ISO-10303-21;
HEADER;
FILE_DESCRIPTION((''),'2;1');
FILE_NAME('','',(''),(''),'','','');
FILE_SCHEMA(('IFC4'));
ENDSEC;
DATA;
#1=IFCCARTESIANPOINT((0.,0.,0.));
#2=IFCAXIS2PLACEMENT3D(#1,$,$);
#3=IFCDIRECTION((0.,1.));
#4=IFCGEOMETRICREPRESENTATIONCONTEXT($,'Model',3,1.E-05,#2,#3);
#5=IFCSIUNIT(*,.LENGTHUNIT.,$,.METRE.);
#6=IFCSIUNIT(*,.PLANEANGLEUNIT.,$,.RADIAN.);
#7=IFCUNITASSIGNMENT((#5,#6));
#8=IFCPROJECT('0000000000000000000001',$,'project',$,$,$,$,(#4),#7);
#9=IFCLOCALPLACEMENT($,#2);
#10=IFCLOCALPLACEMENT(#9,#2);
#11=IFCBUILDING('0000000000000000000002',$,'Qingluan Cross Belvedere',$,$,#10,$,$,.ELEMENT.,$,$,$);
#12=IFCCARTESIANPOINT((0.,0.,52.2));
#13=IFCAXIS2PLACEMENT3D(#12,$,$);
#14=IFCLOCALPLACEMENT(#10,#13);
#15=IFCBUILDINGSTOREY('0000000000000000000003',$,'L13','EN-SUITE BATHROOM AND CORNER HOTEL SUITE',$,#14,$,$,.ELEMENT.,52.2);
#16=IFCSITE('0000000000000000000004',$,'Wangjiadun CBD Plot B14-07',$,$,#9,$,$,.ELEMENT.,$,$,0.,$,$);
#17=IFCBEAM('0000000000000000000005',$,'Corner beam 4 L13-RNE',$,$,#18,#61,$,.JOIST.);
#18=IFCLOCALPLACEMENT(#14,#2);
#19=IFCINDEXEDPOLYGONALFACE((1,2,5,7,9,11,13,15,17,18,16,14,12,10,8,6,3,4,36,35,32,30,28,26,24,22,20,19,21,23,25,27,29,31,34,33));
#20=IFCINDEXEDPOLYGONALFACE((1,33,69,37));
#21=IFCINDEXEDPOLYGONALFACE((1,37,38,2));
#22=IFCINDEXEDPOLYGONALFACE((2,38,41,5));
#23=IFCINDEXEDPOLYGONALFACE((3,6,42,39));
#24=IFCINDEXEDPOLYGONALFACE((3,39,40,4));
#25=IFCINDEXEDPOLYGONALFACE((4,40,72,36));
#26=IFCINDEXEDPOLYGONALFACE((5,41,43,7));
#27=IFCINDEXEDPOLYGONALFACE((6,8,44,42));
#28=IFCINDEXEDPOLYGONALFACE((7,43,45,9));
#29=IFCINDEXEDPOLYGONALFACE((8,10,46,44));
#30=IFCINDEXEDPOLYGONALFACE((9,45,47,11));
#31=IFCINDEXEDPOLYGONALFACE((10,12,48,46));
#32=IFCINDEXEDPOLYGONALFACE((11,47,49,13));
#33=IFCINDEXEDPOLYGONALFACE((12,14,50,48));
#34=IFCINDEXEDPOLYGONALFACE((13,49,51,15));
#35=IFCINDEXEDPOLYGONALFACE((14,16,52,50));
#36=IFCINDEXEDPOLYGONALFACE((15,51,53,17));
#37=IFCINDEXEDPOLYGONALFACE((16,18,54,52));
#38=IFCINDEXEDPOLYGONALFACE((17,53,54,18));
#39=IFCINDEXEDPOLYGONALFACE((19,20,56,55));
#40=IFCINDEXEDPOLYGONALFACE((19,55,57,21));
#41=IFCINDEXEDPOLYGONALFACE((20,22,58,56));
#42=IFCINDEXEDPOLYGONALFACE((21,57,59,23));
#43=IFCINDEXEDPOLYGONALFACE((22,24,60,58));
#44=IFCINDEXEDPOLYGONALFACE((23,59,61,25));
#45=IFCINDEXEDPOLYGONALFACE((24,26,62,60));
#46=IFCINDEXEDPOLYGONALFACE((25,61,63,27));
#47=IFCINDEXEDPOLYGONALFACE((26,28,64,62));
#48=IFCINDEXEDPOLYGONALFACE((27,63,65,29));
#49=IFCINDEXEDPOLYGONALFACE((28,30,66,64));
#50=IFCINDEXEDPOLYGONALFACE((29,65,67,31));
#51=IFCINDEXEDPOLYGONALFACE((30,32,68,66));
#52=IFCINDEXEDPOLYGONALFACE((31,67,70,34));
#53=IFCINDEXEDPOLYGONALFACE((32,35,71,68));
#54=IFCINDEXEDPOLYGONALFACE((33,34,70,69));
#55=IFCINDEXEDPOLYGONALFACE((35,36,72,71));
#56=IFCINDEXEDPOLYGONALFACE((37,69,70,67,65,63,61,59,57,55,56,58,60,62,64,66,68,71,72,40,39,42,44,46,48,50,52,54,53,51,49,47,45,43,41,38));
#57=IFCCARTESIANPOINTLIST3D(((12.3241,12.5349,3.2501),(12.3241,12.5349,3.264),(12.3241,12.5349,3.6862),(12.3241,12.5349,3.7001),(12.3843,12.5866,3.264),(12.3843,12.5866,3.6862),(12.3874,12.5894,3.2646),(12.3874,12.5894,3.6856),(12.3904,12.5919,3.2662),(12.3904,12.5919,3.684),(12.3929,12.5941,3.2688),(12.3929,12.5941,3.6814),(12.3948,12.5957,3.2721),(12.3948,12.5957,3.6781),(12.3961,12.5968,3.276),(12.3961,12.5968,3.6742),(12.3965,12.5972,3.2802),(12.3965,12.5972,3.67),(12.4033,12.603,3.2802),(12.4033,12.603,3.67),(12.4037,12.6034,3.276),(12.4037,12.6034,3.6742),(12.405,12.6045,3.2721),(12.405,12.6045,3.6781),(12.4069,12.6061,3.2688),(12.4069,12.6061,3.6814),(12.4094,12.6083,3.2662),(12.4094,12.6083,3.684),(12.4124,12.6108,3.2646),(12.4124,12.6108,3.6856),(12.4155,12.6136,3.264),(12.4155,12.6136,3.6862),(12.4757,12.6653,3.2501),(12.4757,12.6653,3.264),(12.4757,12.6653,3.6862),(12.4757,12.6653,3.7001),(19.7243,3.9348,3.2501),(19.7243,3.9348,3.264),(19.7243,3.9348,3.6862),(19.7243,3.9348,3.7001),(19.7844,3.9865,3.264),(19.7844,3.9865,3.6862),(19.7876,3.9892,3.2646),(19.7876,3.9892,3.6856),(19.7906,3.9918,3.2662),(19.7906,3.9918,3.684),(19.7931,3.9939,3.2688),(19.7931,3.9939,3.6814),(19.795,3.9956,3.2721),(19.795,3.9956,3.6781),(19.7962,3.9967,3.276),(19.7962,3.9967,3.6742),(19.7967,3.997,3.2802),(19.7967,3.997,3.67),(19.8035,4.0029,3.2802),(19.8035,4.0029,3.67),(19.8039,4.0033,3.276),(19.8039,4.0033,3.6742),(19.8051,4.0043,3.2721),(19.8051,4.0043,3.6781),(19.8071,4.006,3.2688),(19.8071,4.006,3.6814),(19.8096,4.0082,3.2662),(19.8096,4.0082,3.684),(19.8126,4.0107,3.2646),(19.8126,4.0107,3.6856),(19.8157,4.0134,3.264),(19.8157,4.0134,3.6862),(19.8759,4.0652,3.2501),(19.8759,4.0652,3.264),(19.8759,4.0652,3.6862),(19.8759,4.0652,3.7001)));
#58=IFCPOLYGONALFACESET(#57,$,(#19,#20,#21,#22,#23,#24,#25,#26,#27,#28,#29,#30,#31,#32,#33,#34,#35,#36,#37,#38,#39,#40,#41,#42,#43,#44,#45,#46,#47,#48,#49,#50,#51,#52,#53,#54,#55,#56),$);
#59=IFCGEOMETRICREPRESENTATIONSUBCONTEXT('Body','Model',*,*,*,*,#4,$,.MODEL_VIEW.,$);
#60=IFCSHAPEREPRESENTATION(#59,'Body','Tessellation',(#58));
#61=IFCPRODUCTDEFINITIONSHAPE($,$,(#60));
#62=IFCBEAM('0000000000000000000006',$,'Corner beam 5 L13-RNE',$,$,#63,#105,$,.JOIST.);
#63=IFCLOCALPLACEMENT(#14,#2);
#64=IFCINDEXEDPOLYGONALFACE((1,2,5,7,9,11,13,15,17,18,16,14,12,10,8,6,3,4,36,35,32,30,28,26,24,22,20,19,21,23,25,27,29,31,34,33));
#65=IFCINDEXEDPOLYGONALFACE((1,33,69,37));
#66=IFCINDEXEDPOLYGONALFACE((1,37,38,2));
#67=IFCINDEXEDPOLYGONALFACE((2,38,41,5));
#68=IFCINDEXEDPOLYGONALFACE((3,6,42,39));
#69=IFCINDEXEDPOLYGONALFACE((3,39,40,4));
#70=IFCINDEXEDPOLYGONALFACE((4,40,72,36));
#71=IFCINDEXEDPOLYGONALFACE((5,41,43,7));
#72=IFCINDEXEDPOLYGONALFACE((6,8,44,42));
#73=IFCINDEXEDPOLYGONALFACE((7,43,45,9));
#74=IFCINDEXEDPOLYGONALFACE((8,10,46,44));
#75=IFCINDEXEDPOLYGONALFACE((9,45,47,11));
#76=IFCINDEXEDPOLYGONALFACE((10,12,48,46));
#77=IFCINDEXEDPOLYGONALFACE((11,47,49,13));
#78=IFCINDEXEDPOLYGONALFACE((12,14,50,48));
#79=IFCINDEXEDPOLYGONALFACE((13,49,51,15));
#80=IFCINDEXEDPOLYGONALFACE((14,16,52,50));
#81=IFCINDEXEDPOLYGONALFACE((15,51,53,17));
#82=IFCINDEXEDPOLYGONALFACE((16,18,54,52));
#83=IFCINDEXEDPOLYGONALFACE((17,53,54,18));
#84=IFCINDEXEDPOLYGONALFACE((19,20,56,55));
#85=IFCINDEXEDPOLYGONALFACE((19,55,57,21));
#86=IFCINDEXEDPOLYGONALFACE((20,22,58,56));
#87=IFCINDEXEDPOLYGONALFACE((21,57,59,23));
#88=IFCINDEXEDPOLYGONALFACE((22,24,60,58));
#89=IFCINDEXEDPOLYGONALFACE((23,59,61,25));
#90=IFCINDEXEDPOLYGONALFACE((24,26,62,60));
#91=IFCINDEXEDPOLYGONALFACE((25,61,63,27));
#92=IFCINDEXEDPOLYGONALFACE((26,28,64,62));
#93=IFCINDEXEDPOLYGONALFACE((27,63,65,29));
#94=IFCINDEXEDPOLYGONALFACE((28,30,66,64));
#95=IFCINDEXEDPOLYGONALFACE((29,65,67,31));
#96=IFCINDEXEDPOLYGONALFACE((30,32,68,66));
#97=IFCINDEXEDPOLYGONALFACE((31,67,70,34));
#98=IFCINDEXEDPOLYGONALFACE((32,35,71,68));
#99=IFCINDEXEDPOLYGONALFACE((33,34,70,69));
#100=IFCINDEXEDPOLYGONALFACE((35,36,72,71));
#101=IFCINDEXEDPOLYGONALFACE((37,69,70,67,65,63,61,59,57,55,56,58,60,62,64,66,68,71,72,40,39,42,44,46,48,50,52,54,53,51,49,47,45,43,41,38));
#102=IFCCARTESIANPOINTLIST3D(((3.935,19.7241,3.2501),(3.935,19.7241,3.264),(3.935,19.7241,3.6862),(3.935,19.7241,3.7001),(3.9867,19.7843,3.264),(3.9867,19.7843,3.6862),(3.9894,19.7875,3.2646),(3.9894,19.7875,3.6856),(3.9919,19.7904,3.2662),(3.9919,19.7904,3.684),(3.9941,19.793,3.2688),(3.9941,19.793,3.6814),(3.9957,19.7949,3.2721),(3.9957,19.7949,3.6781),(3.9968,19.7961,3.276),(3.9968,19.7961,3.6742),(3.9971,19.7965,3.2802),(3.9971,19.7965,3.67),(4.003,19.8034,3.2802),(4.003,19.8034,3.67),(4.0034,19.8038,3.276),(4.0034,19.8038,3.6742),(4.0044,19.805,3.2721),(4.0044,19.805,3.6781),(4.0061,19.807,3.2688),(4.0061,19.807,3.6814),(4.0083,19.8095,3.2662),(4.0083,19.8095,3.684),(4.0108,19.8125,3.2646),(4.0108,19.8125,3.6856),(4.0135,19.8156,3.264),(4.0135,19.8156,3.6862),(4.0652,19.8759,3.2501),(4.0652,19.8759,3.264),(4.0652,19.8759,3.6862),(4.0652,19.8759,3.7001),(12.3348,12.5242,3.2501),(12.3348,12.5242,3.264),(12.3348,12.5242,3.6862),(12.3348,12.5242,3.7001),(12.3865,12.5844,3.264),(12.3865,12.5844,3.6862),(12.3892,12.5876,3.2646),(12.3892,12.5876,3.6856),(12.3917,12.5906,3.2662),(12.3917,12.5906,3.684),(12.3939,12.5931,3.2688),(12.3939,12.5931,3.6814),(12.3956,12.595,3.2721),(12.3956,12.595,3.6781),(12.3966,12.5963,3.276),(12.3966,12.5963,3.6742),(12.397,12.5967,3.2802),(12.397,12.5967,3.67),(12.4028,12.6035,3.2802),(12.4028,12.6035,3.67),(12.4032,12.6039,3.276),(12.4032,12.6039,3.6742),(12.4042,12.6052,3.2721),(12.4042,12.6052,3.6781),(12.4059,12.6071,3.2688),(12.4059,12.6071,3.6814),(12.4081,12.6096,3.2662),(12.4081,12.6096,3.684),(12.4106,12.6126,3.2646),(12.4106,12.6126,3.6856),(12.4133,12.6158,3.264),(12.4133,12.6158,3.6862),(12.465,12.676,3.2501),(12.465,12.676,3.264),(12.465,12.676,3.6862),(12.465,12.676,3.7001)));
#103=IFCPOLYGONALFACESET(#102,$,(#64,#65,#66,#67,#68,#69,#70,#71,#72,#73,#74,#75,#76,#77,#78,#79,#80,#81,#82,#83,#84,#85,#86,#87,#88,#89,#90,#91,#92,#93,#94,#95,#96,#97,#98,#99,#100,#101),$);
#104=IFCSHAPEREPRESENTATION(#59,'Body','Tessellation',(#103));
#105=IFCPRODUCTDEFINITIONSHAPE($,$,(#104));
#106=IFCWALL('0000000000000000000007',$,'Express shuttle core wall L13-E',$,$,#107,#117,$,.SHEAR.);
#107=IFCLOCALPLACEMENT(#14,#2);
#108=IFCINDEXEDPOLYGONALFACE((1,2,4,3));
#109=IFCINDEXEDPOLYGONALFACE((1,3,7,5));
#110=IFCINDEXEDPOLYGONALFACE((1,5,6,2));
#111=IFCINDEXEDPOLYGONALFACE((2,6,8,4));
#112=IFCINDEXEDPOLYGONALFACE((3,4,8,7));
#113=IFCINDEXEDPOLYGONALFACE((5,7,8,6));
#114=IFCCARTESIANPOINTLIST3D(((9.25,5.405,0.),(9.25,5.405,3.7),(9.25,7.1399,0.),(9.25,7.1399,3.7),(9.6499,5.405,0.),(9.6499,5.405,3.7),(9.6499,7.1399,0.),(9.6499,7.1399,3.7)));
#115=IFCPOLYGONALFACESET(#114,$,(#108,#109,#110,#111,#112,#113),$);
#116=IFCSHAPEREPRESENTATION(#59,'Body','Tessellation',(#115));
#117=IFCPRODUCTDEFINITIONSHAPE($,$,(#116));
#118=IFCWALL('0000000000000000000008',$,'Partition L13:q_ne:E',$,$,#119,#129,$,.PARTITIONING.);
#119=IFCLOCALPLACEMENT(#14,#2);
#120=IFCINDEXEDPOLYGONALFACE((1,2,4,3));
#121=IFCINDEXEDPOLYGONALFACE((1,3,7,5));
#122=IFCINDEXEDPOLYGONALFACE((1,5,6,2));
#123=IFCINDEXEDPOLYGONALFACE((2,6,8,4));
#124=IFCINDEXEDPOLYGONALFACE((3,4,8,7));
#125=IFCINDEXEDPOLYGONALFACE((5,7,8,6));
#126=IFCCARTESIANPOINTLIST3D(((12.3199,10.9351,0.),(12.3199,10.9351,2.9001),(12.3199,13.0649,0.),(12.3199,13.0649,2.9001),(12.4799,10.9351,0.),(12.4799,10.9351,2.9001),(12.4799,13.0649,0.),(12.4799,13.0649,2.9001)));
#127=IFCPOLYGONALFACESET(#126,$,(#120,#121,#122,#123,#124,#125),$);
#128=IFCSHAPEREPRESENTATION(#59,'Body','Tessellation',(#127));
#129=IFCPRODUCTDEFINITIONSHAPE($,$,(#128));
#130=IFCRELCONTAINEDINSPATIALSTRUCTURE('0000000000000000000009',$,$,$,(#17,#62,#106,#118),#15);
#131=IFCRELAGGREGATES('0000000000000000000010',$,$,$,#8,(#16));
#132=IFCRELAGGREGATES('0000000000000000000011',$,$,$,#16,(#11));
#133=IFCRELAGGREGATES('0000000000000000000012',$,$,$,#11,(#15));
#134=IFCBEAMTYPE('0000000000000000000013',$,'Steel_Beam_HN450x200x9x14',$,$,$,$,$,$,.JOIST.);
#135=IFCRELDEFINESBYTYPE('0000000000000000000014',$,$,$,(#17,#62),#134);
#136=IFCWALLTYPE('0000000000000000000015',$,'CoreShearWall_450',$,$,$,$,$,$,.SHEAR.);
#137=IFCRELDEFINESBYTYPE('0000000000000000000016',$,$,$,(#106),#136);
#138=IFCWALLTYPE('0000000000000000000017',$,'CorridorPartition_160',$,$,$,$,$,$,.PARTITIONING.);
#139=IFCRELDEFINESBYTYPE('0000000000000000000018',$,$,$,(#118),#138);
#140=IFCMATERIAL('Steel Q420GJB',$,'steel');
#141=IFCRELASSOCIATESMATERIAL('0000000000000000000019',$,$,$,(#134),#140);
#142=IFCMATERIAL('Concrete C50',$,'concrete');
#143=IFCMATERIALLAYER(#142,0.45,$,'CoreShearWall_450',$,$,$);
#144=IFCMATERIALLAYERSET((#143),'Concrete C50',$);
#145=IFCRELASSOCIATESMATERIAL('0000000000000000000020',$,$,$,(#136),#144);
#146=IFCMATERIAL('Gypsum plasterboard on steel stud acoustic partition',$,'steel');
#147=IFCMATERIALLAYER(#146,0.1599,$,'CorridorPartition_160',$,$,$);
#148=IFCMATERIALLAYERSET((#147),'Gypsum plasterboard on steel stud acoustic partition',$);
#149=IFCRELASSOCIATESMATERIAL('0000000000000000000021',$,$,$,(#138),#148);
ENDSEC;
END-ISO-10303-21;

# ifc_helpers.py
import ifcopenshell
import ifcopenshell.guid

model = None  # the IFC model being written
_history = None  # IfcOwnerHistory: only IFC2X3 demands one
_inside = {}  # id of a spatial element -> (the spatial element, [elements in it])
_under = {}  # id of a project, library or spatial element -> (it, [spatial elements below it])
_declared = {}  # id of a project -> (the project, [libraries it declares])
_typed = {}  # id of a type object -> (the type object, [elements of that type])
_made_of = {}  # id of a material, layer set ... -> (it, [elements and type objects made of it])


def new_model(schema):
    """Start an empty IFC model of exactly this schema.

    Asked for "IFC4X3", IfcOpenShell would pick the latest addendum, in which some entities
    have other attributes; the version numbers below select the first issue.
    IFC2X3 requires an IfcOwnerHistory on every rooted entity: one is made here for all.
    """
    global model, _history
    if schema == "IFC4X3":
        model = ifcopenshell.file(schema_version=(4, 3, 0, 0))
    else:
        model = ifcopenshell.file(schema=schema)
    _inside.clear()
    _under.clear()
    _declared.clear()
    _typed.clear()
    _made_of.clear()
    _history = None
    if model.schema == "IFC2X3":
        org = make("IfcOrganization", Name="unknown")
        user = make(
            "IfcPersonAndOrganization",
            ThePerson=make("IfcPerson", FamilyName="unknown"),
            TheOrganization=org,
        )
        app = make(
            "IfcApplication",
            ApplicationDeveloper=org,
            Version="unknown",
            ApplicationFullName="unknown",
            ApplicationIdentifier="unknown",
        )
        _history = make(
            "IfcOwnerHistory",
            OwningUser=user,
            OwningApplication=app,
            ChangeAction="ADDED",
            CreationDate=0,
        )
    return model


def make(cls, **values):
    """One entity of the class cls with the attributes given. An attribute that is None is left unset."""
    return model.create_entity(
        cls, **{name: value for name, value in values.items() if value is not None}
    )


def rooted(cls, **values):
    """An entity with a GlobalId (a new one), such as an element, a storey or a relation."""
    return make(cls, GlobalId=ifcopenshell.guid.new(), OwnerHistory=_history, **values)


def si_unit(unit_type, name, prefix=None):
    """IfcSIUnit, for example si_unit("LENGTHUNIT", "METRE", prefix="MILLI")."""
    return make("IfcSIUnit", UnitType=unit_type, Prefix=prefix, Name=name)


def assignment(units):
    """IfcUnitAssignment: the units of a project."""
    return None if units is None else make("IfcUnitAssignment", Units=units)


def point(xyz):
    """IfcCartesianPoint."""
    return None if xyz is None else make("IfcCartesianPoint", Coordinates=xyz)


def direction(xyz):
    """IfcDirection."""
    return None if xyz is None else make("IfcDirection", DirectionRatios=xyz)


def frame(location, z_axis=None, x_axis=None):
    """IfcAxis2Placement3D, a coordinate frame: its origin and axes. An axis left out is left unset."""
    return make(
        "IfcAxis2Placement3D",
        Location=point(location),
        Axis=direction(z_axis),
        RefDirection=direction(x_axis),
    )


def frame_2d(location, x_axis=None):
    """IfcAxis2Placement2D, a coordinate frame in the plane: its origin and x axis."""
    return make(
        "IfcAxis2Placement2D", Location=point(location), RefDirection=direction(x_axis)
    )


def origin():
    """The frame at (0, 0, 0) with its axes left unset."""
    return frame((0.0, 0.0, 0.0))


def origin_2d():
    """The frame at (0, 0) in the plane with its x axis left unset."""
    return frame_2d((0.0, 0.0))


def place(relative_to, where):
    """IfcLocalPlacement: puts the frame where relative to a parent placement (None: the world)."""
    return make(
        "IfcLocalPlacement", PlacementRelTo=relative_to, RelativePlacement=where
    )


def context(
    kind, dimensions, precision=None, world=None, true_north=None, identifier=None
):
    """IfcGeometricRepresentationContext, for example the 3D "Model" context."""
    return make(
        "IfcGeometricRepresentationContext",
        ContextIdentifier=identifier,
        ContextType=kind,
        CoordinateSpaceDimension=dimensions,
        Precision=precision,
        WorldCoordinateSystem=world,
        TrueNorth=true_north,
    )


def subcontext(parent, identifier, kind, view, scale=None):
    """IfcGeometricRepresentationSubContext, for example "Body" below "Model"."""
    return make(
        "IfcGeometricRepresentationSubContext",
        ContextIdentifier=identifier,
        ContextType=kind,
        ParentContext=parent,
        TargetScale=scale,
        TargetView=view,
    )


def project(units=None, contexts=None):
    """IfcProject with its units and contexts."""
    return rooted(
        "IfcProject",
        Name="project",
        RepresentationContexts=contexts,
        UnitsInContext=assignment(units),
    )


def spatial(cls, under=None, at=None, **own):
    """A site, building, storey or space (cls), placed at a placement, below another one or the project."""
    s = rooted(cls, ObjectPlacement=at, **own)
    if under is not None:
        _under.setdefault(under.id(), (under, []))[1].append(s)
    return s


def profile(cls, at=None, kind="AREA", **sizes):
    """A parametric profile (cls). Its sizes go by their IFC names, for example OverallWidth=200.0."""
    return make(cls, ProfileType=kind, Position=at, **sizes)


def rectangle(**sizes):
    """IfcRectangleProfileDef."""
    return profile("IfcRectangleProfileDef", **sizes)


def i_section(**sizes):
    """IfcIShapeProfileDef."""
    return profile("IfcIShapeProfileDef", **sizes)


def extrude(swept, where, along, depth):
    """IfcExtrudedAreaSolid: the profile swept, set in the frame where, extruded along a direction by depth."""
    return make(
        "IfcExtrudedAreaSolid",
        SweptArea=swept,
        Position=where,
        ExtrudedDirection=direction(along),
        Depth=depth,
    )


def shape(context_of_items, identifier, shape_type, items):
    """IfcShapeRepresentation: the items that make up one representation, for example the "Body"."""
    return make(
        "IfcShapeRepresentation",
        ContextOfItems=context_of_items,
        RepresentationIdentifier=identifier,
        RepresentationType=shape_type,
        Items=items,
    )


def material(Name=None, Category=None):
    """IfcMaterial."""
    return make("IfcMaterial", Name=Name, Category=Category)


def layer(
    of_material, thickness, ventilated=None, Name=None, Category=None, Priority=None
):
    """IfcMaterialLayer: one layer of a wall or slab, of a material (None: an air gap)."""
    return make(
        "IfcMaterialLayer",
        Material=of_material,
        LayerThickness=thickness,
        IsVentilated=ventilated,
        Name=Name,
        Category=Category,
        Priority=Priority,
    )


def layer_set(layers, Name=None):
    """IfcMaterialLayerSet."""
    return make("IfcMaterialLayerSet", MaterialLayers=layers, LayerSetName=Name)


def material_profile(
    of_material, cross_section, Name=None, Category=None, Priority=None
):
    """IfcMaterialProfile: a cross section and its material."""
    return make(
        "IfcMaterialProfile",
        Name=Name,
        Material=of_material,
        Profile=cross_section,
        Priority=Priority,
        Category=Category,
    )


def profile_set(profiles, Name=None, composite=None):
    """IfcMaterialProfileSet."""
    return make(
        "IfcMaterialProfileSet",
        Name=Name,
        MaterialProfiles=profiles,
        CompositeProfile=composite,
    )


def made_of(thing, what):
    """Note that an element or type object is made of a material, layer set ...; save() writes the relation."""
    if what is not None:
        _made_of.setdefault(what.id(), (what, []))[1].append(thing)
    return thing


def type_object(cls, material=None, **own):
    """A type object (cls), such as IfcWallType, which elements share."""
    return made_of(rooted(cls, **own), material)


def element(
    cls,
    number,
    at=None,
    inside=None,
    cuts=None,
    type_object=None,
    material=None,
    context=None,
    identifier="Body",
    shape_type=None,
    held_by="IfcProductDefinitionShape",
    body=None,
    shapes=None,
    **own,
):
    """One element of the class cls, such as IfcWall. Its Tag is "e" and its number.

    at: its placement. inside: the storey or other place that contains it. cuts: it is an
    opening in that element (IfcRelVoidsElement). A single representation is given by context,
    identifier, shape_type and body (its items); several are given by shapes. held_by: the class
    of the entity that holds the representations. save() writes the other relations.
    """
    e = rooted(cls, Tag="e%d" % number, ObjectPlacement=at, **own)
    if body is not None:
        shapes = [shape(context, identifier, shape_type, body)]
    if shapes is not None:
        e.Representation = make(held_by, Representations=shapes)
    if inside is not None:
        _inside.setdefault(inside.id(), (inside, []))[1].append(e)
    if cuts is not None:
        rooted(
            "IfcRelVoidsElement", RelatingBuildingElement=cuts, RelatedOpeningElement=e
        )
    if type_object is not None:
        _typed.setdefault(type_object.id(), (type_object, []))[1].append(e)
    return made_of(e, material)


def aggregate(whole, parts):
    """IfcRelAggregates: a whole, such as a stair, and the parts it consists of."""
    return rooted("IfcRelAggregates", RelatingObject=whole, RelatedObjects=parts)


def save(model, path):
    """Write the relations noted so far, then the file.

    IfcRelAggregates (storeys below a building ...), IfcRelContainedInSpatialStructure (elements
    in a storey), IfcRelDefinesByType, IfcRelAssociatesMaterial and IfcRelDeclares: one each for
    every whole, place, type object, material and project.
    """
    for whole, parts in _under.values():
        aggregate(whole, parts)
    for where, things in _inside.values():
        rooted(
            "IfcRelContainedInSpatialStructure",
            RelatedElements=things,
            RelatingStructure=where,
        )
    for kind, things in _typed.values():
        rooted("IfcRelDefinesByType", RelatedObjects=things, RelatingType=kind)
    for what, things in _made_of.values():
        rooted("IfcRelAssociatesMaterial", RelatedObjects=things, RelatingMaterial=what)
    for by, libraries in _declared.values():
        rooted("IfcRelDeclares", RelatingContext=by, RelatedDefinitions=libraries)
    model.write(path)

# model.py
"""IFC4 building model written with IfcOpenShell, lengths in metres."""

from ifc_helpers import new_model, si_unit, direction, frame, frame_2d, origin, origin_2d, place, context, subcontext, project, spatial, rectangle, i_section, extrude, material, layer, layer_set, material_profile, profile_set, type_object, element, save


model = new_model("IFC4")

# Units and contexts
model_context = context("Model", 3, precision=1e-05, world=origin(), true_north=direction((0.0, 1.0)))
body_context = subcontext(model_context, "Body", "Model", "MODEL_VIEW")
ifc_project = project(units=[si_unit("LENGTHUNIT", "METRE"), si_unit("PLANEANGLEUNIT", "RADIAN")], contexts=[model_context])

# Site, building, storey
site_placement = place(None, origin())
site = spatial("IfcSite", under=ifc_project, at=site_placement, Name="Wangjiadun CBD Plot B14-07", CompositionType="ELEMENT", RefElevation=0.0)
building_placement = place(site_placement, origin())
building = spatial("IfcBuilding", under=site, at=building_placement, Name="Qingluan Cross Belvedere", CompositionType="ELEMENT")
storey_placement = place(building_placement, frame((0.0, 0.0, 52.2)))
storey = spatial("IfcBuildingStorey", under=building, at=storey_placement, Name="L13", Description="EN-SUITE BATHROOM AND CORNER HOTEL SUITE", CompositionType="ELEMENT", Elevation=52.2)

# Beams
ifc_material_1 = material(Name="Steel Q420GJB", Category="steel")
ifc_material_profile_1 = material_profile(ifc_material_1, i_section(OverallWidth=0.2, OverallDepth=0.45, WebThickness=0.009, FlangeThickness=0.0139, FilletRadius=0.0161, at=origin_2d()), Name="HN450x200x9x14")
ifc_profile_set_1 = profile_set([ifc_material_profile_1], Name="Steel Q420GJB")
beam_type = type_object("IfcBeamType", Name="Steel_Beam_HN450x200x9x14", PredefinedType="JOIST", material=ifc_profile_set_1)
beam_1_placement = place(storey_placement, frame((12.3999, 12.6001, 3.4751), z_axis=(0.652245, -0.758008, 0.0), x_axis=(0.758008, 0.652245, 0.0)))
element("IfcBeam", 1, at=beam_1_placement, inside=storey, type_object=beam_type, Name="Corner beam 4 L13-RNE", PredefinedType="JOIST", context=body_context, shape_type="SweptSolid", body=[
    extrude(i_section(OverallWidth=0.2, OverallDepth=0.45, WebThickness=0.009, FlangeThickness=0.0139, FilletRadius=0.0161, at=origin_2d()), origin(), (0.0, 0.0, 1.0), 11.3457),
])
beam_2_placement = place(storey_placement, frame((12.3999, 12.6001, 3.4751), z_axis=(-0.759255, 0.650793, 0.0), x_axis=(-0.650793, -0.759255, 0.0)))
element("IfcBeam", 2, at=beam_2_placement, inside=storey, type_object=beam_type, Name="Corner beam 5 L13-RNE", PredefinedType="JOIST", context=body_context, shape_type="SweptSolid", body=[
    extrude(i_section(OverallWidth=0.2, OverallDepth=0.45, WebThickness=0.009, FlangeThickness=0.0139, FilletRadius=0.0161, at=origin_2d()), origin(), (0.0, 0.0, 1.0), 11.0632),
])

# Walls
ifc_material_2 = material(Name="Concrete C50", Category="concrete")
ifc_layer_1 = layer(ifc_material_2, 0.45, Name="CoreShearWall_450")
ifc_layer_set_1 = layer_set([ifc_layer_1], Name="Concrete C50")
wall_type_1 = type_object("IfcWallType", Name="CoreShearWall_450", PredefinedType="SHEAR", material=ifc_layer_set_1)
wall_1_placement = place(storey_placement, frame((9.45, 5.405, 0.0), z_axis=(0.0, 0.0, 1.0), x_axis=(0.0, 1.0, 0.0)))
element("IfcWall", 3, at=wall_1_placement, inside=storey, type_object=wall_type_1, Name="Express shuttle core wall L13-E", PredefinedType="SHEAR", context=body_context, shape_type="SweptSolid", body=[
    extrude(rectangle(XDim=1.7349, YDim=0.3999, at=frame_2d((0.8674, 0.0))), origin(), (0.0, 0.0, 1.0), 3.7),
])
ifc_material_3 = material(Name="Gypsum plasterboard on steel stud acoustic partition", Category="steel")
ifc_layer_2 = layer(ifc_material_3, 0.1599, Name="CorridorPartition_160")
ifc_layer_set_2 = layer_set([ifc_layer_2], Name="Gypsum plasterboard on steel stud acoustic partition")
wall_type_2 = type_object("IfcWallType", Name="CorridorPartition_160", PredefinedType="PARTITIONING", material=ifc_layer_set_2)
wall_2_placement = place(storey_placement, frame((12.3999, 10.9351, 0.0), z_axis=(0.0, 0.0, 1.0), x_axis=(0.0, 1.0, 0.0)))
element("IfcWall", 4, at=wall_2_placement, inside=storey, type_object=wall_type_2, Name="Partition L13:q_ne:E", PredefinedType="PARTITIONING", context=body_context, shape_type="SweptSolid", body=[
    extrude(rectangle(XDim=2.1299, YDim=0.1599, at=frame_2d((1.0649, 0.0))), origin(), (0.0, 0.0, 1.0), 2.9001),
])

save(model, "model.ifc")
